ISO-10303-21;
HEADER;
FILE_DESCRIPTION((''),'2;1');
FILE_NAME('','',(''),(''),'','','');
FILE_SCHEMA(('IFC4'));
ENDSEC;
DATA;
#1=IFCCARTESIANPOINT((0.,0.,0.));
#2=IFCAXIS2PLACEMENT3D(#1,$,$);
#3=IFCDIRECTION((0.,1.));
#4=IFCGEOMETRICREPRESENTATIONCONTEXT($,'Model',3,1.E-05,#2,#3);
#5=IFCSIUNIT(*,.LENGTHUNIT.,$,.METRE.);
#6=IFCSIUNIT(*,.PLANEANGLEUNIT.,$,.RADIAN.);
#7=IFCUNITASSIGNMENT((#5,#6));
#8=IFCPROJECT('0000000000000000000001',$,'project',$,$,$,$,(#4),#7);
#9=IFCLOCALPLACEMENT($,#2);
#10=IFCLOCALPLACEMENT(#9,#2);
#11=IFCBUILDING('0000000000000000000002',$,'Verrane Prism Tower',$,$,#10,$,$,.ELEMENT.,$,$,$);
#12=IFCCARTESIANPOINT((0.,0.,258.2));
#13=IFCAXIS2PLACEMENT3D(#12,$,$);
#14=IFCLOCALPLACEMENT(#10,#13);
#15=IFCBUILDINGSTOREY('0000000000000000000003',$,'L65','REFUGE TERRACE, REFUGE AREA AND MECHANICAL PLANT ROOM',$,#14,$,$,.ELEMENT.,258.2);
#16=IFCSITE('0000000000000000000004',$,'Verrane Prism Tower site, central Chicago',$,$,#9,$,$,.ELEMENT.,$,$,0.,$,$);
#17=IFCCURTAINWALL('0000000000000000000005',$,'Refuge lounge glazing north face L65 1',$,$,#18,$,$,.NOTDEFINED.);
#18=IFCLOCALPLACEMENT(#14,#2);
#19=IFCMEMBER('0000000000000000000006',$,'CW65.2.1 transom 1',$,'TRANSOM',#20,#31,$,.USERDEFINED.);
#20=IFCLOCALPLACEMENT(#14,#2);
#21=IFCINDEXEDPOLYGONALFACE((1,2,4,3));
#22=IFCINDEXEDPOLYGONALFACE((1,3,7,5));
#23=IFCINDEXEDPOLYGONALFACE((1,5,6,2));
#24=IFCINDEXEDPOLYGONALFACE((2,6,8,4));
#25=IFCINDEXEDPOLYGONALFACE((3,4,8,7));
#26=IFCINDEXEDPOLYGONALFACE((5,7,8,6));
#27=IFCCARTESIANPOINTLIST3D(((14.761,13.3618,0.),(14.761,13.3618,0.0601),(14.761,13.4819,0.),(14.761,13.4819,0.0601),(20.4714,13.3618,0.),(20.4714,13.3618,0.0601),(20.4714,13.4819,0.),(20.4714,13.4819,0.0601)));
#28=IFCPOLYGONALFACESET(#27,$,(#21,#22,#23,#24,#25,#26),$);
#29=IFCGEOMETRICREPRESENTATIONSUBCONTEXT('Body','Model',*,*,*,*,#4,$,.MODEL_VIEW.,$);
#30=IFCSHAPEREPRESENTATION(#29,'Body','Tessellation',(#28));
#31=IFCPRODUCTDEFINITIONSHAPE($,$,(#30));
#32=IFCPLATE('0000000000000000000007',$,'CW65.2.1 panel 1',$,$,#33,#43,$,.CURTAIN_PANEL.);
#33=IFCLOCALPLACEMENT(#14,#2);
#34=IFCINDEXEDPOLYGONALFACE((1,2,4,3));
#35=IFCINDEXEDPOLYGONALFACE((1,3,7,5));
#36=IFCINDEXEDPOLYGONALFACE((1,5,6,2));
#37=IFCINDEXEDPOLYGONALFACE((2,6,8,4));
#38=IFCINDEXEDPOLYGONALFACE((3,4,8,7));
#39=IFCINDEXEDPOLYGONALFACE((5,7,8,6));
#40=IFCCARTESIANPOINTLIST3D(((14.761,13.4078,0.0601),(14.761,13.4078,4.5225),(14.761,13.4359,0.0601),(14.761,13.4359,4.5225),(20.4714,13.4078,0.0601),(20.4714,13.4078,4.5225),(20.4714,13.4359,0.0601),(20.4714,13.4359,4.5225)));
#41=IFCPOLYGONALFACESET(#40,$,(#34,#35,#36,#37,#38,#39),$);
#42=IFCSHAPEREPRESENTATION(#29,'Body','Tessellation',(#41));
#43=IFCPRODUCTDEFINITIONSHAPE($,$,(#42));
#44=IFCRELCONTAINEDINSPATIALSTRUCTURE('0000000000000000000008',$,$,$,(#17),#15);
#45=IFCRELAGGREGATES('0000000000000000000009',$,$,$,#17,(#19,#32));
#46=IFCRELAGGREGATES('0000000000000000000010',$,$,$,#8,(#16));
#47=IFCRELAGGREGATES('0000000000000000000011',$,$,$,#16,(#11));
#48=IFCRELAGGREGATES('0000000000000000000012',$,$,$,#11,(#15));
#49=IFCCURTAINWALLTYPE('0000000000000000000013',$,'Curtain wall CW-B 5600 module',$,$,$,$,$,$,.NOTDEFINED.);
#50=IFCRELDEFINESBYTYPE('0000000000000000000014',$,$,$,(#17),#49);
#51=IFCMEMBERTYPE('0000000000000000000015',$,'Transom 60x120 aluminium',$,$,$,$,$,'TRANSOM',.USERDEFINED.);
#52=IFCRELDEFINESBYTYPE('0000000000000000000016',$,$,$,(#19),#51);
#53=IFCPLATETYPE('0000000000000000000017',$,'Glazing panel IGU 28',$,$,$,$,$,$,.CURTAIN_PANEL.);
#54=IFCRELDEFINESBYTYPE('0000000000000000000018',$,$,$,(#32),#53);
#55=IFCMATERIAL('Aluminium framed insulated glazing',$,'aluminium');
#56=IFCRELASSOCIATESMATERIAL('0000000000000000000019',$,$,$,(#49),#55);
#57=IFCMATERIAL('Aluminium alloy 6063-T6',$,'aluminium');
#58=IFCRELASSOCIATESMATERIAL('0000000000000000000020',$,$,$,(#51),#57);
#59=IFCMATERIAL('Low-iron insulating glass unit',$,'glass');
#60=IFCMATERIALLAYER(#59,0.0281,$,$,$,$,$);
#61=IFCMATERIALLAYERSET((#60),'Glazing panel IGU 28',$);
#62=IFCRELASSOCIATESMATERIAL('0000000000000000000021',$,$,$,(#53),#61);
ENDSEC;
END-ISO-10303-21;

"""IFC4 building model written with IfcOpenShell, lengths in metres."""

from ifc_helpers import new_model, si_unit, direction, frame, origin, origin_2d, place, context, subcontext, project, spatial, rectangle, extrude, material, layer, layer_set, material_profile, profile_set, type_object, element, aggregate, save


model = new_model("IFC4")

# Units and contexts
model_context = context("Model", 3, precision=1e-05, world=origin(), true_north=direction((0.0, 1.0)))
body_context = subcontext(model_context, "Body", "Model", "MODEL_VIEW")
ifc_project = project(units=[si_unit("LENGTHUNIT", "METRE"), si_unit("PLANEANGLEUNIT", "RADIAN")], contexts=[model_context])

# Site, building, storey
site_placement = place(None, origin())
site = spatial("IfcSite", under=ifc_project, at=site_placement, Name="Verrane Prism Tower site, central Chicago", CompositionType="ELEMENT", RefElevation=0.0)
building_placement = place(site_placement, origin())
building = spatial("IfcBuilding", under=site, at=building_placement, Name="Verrane Prism Tower", CompositionType="ELEMENT")
storey_placement = place(building_placement, frame((0.0, 0.0, 258.2)))
storey = spatial("IfcBuildingStorey", under=building, at=storey_placement, Name="L65", Description="REFUGE TERRACE, REFUGE AREA AND MECHANICAL PLANT ROOM", CompositionType="ELEMENT", Elevation=258.2)

# Curtain wall
ifc_material_1 = material(Name="Aluminium framed insulated glazing", Category="aluminium")
curtain_wall_type_1 = type_object("IfcCurtainWallType", Name="Curtain wall CW-B 5600 module", PredefinedType="NOTDEFINED", material=ifc_material_1)
curtain_wall_1_placement = place(storey_placement, origin())
curtain_wall_1 = element("IfcCurtainWall", 1, at=curtain_wall_1_placement, inside=storey, type_object=curtain_wall_type_1, Name="Refuge lounge glazing north face L65 1", PredefinedType="NOTDEFINED")

# Member
ifc_material_2 = material(Name="Aluminium alloy 6063-T6", Category="aluminium")
ifc_material_profile_1 = material_profile(ifc_material_2, rectangle(XDim=0.1201, YDim=0.0601, at=origin_2d()), Name="Transom 60x120 aluminium")
ifc_profile_set_1 = profile_set([ifc_material_profile_1], Name="Aluminium alloy 6063-T6")
member_type_1 = type_object("IfcMemberType", Name="Transom 60x120 aluminium", ElementType="TRANSOM", PredefinedType="USERDEFINED", material=ifc_profile_set_1)
member_1_placement = place(storey_placement, frame((20.4714, 13.4219, 0.03), z_axis=(-1.0, 0.0, 0.0), x_axis=(0.0, -1.0, 0.0)))
member_1 = element("IfcMember", 2, at=member_1_placement, type_object=member_type_1, Name="CW65.2.1 transom 1", ObjectType="TRANSOM", PredefinedType="USERDEFINED", context=body_context, shape_type="SweptSolid", body=[
    extrude(rectangle(XDim=0.1201, YDim=0.0601, at=origin_2d()), origin(), (0.0, 0.0, 1.0), 5.7104),
])

# Plate
ifc_material_3 = material(Name="Low-iron insulating glass unit", Category="glass")
ifc_layer = layer(ifc_material_3, 0.0281)
ifc_layer_set = layer_set([ifc_layer], Name="Glazing panel IGU 28")
plate_type = type_object("IfcPlateType", Name="Glazing panel IGU 28", PredefinedType="CURTAIN_PANEL", material=ifc_layer_set)
plate_placement = place(storey_placement, frame((17.6162, 13.4219, 0.0601), z_axis=(0.0, 0.0, 1.0), x_axis=(-1.0, 0.0, 0.0)))
plate = element("IfcPlate", 3, at=plate_placement, type_object=plate_type, Name="CW65.2.1 panel 1", PredefinedType="CURTAIN_PANEL", context=body_context, shape_type="SweptSolid", body=[
    extrude(rectangle(XDim=5.7104, YDim=0.0281, at=origin_2d()), origin(), (0.0, 0.0, 1.0), 4.4624),
])
aggregate(curtain_wall_1, [member_1, plate])

save(model, "model.ifc")
